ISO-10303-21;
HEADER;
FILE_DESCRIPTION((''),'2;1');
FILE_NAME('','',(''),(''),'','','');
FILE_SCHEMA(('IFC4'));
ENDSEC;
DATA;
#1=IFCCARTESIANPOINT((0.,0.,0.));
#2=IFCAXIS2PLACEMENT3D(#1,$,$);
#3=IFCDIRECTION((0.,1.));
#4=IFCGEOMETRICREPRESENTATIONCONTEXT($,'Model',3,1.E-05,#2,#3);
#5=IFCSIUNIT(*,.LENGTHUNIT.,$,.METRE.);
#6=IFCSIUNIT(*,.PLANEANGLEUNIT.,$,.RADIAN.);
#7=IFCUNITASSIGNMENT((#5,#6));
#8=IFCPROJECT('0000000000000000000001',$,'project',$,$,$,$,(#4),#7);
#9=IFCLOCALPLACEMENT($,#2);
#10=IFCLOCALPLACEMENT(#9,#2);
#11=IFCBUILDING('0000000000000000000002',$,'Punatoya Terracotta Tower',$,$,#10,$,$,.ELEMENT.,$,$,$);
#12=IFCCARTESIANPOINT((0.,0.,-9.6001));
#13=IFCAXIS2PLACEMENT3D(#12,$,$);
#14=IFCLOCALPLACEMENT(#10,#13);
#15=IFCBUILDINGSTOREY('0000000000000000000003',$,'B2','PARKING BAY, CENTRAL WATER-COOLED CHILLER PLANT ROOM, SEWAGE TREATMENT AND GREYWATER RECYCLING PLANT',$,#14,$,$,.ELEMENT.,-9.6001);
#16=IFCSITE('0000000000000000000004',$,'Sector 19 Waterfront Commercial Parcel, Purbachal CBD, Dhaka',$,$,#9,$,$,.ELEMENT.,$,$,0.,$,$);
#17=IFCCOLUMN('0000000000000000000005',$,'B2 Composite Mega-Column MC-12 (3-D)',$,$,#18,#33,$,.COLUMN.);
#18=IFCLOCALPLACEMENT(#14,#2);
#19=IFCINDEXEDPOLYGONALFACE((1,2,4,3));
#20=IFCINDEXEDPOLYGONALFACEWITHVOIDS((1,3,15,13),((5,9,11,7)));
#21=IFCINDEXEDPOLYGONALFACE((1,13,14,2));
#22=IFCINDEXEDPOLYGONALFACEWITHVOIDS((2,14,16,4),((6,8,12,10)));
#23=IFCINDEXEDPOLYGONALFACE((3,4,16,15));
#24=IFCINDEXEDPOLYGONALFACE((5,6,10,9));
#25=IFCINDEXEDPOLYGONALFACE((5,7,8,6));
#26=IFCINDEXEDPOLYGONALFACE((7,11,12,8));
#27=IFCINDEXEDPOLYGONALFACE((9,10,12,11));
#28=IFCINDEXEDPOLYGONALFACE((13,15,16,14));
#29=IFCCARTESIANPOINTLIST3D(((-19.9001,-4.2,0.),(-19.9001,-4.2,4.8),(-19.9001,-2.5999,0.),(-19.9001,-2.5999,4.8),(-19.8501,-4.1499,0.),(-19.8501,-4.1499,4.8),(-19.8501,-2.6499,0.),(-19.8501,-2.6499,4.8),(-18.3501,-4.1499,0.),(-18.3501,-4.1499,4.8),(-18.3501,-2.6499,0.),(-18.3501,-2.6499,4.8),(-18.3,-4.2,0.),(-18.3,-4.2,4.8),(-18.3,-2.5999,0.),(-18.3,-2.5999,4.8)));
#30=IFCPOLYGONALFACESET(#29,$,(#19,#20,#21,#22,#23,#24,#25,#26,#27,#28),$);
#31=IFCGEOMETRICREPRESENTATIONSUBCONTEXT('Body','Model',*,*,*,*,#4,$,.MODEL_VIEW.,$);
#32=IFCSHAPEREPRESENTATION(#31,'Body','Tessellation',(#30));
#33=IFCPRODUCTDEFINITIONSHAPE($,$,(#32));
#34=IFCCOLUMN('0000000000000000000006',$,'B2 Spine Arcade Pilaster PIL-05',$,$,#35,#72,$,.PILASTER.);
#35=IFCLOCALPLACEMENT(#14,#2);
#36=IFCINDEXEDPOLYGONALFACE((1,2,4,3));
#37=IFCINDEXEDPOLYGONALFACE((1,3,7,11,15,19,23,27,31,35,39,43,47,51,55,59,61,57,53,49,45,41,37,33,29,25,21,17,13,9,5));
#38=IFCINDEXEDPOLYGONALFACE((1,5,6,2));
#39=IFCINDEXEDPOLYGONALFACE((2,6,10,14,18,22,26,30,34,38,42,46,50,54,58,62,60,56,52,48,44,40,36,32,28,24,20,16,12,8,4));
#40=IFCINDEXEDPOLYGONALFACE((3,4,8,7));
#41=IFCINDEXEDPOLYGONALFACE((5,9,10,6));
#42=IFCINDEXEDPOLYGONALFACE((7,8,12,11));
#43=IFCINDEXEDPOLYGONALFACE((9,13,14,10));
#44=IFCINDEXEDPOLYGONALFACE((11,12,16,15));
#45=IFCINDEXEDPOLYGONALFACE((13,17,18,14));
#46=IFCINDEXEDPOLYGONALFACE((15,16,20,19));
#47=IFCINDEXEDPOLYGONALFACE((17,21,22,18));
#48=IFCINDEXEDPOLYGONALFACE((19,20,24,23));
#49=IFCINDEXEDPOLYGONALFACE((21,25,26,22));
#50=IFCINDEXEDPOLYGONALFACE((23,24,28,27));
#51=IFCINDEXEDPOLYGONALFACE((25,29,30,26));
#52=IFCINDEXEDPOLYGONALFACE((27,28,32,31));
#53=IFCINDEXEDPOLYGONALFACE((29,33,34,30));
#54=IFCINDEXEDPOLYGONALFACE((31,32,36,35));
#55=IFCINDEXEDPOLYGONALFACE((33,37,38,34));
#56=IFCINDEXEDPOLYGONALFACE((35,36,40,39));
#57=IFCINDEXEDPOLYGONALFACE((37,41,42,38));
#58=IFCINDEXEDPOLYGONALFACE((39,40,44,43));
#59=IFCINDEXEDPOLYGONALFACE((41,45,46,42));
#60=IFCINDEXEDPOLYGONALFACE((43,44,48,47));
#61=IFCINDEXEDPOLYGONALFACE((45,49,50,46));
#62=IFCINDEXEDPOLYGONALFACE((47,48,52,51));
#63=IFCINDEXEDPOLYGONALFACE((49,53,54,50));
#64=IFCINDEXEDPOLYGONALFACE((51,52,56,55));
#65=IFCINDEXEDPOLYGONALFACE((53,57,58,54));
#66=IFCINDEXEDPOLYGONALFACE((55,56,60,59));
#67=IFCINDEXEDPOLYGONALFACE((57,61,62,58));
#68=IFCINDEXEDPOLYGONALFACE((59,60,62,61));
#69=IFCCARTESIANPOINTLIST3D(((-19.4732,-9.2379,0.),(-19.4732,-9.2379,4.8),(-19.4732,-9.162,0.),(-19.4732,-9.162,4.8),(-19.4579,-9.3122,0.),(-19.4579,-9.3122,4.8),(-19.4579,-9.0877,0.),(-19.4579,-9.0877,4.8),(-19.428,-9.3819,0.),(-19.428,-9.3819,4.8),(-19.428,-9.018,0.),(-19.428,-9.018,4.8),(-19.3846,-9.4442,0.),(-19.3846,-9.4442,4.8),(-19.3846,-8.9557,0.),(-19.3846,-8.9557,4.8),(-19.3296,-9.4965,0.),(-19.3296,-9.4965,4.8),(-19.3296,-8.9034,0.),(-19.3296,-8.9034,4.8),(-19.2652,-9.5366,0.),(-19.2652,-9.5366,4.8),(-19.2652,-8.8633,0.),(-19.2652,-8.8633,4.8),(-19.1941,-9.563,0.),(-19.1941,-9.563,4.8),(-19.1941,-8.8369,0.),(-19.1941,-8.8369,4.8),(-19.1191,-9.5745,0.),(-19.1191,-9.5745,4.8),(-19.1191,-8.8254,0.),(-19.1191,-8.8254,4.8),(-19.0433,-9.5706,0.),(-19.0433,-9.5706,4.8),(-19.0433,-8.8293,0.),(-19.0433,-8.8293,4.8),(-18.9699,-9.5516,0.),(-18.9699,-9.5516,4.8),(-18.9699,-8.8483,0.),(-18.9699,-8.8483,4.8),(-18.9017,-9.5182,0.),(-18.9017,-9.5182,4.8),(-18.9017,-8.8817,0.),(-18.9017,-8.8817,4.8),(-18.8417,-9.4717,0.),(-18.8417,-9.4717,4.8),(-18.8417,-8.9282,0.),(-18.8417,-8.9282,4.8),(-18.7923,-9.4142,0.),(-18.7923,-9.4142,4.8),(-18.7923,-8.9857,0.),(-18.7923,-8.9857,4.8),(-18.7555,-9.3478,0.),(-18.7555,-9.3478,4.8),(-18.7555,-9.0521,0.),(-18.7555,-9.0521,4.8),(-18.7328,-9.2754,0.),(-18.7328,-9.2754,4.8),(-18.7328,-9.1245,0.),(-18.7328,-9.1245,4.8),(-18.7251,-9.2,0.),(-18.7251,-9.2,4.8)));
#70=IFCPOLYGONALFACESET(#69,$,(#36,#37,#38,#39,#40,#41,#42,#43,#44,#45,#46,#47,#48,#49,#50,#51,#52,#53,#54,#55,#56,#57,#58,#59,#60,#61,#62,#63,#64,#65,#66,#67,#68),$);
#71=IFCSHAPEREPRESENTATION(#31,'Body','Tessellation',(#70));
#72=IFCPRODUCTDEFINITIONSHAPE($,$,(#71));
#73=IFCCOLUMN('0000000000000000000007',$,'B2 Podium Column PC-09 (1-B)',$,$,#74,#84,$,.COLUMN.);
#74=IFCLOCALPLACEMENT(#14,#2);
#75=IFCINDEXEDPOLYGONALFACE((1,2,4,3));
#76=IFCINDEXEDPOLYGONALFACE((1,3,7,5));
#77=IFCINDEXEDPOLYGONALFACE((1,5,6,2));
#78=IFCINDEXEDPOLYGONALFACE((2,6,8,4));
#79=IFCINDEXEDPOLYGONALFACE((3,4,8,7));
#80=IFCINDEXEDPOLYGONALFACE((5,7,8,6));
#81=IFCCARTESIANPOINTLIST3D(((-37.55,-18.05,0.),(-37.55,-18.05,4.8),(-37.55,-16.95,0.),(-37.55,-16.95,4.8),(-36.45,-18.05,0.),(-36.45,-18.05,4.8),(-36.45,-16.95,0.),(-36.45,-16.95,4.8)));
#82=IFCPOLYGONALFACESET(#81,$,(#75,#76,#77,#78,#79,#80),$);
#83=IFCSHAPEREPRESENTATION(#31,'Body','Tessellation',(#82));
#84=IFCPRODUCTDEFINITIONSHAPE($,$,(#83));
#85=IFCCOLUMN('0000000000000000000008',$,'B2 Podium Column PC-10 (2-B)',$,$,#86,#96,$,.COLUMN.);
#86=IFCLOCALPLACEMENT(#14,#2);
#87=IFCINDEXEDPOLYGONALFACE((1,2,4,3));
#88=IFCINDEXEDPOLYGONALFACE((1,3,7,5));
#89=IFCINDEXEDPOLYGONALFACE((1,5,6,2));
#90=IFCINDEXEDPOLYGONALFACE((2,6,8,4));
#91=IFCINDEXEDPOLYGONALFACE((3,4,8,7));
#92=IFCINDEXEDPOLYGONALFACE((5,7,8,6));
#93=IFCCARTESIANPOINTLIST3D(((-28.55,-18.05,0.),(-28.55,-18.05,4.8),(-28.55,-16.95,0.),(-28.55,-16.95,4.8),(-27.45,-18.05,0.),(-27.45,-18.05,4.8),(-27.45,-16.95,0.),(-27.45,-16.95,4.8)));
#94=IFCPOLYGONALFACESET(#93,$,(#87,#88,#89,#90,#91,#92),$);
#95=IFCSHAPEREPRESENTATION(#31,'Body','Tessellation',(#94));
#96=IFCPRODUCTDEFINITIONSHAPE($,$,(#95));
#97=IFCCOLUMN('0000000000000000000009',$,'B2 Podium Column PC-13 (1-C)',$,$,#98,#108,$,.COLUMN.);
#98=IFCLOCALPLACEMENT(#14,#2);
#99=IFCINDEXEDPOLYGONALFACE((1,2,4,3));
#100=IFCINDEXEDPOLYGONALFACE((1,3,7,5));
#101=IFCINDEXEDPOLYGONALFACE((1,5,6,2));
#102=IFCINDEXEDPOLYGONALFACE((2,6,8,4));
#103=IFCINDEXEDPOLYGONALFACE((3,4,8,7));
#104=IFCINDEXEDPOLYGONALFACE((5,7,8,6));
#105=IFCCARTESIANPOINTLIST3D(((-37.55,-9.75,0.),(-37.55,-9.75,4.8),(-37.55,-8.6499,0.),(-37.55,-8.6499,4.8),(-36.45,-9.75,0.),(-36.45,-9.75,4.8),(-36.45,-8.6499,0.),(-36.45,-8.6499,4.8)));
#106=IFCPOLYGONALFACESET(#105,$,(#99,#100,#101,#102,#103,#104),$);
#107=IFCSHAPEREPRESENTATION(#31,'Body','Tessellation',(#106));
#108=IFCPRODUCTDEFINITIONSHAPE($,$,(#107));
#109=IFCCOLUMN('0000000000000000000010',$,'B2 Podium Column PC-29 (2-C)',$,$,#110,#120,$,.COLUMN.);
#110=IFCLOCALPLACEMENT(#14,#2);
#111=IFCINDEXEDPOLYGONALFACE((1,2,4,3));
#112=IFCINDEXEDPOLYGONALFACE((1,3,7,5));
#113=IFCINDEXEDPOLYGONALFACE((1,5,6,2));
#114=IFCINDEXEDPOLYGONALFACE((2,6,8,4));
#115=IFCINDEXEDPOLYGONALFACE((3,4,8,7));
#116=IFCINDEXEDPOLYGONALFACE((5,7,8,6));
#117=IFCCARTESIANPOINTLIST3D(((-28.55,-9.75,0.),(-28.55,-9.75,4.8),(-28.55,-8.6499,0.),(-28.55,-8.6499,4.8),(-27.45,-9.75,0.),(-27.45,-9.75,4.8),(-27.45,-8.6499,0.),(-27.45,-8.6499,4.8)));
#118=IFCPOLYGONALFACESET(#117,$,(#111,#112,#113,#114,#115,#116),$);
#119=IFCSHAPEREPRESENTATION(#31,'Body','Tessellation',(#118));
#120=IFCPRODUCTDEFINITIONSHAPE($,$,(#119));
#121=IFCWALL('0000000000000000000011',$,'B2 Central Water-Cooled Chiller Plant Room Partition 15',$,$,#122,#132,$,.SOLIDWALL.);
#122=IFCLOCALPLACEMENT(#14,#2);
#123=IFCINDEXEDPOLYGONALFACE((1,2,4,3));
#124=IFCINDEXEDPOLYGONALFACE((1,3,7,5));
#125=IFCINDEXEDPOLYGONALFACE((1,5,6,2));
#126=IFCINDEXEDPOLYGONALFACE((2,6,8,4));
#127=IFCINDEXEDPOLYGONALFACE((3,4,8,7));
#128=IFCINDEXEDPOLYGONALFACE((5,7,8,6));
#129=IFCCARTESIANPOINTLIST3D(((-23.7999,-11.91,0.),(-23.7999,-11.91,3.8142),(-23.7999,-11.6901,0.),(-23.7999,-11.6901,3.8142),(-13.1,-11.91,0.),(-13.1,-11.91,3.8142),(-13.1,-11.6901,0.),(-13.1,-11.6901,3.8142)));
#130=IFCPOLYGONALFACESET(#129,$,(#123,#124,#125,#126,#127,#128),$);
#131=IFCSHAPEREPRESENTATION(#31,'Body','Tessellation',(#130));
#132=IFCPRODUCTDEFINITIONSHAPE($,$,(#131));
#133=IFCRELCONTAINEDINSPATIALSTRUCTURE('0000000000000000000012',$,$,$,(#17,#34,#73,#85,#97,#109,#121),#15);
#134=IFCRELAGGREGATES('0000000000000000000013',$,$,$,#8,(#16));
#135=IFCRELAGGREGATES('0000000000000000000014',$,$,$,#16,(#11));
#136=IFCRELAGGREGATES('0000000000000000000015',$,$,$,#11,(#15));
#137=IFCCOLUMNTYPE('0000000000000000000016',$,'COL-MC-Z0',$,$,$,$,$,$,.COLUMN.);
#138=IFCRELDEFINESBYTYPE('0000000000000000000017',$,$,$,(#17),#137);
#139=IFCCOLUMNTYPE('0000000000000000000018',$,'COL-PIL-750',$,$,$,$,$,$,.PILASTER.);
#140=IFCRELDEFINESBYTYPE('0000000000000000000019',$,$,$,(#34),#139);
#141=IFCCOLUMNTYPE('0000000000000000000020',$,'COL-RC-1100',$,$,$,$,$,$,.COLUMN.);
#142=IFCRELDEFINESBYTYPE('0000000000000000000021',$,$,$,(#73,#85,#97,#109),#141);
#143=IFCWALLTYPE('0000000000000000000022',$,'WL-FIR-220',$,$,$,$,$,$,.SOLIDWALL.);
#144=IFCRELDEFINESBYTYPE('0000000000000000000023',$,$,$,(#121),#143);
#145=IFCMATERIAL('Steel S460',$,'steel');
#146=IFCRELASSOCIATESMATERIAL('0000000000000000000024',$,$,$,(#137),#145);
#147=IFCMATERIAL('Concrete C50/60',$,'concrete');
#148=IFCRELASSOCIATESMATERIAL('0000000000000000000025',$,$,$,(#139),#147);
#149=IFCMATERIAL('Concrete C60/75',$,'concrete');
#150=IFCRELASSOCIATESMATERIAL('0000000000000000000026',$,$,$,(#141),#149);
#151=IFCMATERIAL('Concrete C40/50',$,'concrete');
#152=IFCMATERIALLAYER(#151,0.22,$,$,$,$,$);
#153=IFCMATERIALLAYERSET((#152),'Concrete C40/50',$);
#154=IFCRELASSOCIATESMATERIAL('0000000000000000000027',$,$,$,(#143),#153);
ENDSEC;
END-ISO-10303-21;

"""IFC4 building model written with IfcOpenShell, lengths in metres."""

from ifc_helpers import new_model, si_unit, direction, frame, frame_2d, origin, origin_2d, place, context, subcontext, project, spatial, rectangle, hollow_rectangle, circle, extrude, material, layer, layer_set, material_profile, profile_set, type_object, element, save


model = new_model("IFC4")

# Units and contexts
model_context = context("Model", 3, precision=1e-05, world=origin(), true_north=direction((0.0, 1.0)))
body_context = subcontext(model_context, "Body", "Model", "MODEL_VIEW")
ifc_project = project(units=[si_unit("LENGTHUNIT", "METRE"), si_unit("PLANEANGLEUNIT", "RADIAN")], contexts=[model_context])

# Site, building, storey
site_placement = place(None, origin())
site = spatial("IfcSite", under=ifc_project, at=site_placement, Name="Sector 19 Waterfront Commercial Parcel, Purbachal CBD, Dhaka", CompositionType="ELEMENT", RefElevation=0.0)
building_placement = place(site_placement, origin())
building = spatial("IfcBuilding", under=site, at=building_placement, Name="Punatoya Terracotta Tower", CompositionType="ELEMENT")
storey_placement = place(building_placement, frame((0.0, 0.0, -9.6001)))
storey = spatial("IfcBuildingStorey", under=building, at=storey_placement, Name="B2", Description="PARKING BAY, CENTRAL WATER-COOLED CHILLER PLANT ROOM, SEWAGE TREATMENT AND GREYWATER RECYCLING PLANT", CompositionType="ELEMENT", Elevation=-9.6001)

# Columns
ifc_material_1 = material(Name="Steel S460", Category="steel")
ifc_material_profile_1 = material_profile(ifc_material_1, hollow_rectangle(XDim=1.6001, YDim=1.6001, WallThickness=0.05, at=origin_2d()))
ifc_profile_set_1 = profile_set([ifc_material_profile_1], Name="Steel S460")
column_type_1 = type_object("IfcColumnType", Name="COL-MC-Z0", PredefinedType="COLUMN", material=ifc_profile_set_1)
for number, where, z_axis, x_axis, name in (
    (1, (-19.1001, -3.3999, 0.0), (0.0, 0.0, 1.0), (1.0, 0.0, 0.0), "B2 Composite Mega-Column MC-12 (3-D)"),
):
    element("IfcColumn", number, at=place(storey_placement, frame(where, z_axis=z_axis, x_axis=x_axis)), inside=storey, type_object=column_type_1, Name=name, PredefinedType="COLUMN", context=body_context, shape_type="SweptSolid", body=[
        extrude(hollow_rectangle(XDim=1.6001, YDim=1.6001, WallThickness=0.05, at=origin_2d()), origin(), (0.0, 0.0, 1.0), 4.8),
    ])
ifc_material_2 = material(Name="Concrete C50/60", Category="concrete")
ifc_material_profile_2 = material_profile(ifc_material_2, circle(Radius=0.375, at=origin_2d()))
ifc_profile_set_2 = profile_set([ifc_material_profile_2], Name="Concrete C50/60")
column_type_2 = type_object("IfcColumnType", Name="COL-PIL-750", PredefinedType="PILASTER", material=ifc_profile_set_2)
column_placement = place(storey_placement, frame((-19.1001, -9.2, 0.0), z_axis=(0.0, 0.0, 1.0), x_axis=(1.0, 0.0, 0.0)))
element("IfcColumn", 2, at=column_placement, inside=storey, type_object=column_type_2, Name="B2 Spine Arcade Pilaster PIL-05", PredefinedType="PILASTER", context=body_context, shape_type="SweptSolid", body=[
    extrude(circle(Radius=0.375, at=origin_2d()), origin(), (0.0, 0.0, 1.0), 4.8),
])
ifc_material_3 = material(Name="Concrete C60/75", Category="concrete")
ifc_material_profile_3 = material_profile(ifc_material_3, rectangle(XDim=1.1001, YDim=1.1001, at=origin_2d()))
ifc_profile_set_3 = profile_set([ifc_material_profile_3], Name="Concrete C60/75")
column_type_3 = type_object("IfcColumnType", Name="COL-RC-1100", PredefinedType="COLUMN", material=ifc_profile_set_3)
for number, where, z_axis, x_axis, name in (
    (3, (-37.0, -17.5, 0.0), (0.0, 0.0, 1.0), (1.0, 0.0, 0.0), "B2 Podium Column PC-09 (1-B)"),
    (4, (-28.0, -17.5, 0.0), (0.0, 0.0, 1.0), (1.0, 0.0, 0.0), "B2 Podium Column PC-10 (2-B)"),
    (5, (-37.0, -9.2, 0.0), (0.0, 0.0, 1.0), (1.0, 0.0, 0.0), "B2 Podium Column PC-13 (1-C)"),
    (6, (-28.0, -9.2, 0.0), (0.0, 0.0, 1.0), (1.0, 0.0, 0.0), "B2 Podium Column PC-29 (2-C)"),
):
    element("IfcColumn", number, at=place(storey_placement, frame(where, z_axis=z_axis, x_axis=x_axis)), inside=storey, type_object=column_type_3, Name=name, PredefinedType="COLUMN", context=body_context, shape_type="SweptSolid", body=[
        extrude(rectangle(XDim=1.1001, YDim=1.1001, at=origin_2d()), origin(), (0.0, 0.0, 1.0), 4.8),
    ])

# Wall
ifc_material_4 = material(Name="Concrete C40/50", Category="concrete")
ifc_layer = layer(ifc_material_4, 0.22)
ifc_layer_set = layer_set([ifc_layer], Name="Concrete C40/50")
wall_type = type_object("IfcWallType", Name="WL-FIR-220", PredefinedType="SOLIDWALL", material=ifc_layer_set)
wall_placement = place(storey_placement, frame((-23.8, -11.8, 0.0), z_axis=(0.0, 0.0, 1.0), x_axis=(1.0, 0.0, 0.0)))
element("IfcWall", 7, at=wall_placement, inside=storey, type_object=wall_type, Name="B2 Central Water-Cooled Chiller Plant Room Partition 15", PredefinedType="SOLIDWALL", context=body_context, shape_type="SweptSolid", body=[
    extrude(rectangle(XDim=10.7, YDim=0.22, at=frame_2d((5.3501, 0.0))), origin(), (0.0, 0.0, 1.0), 3.8142),
])

save(model, "model.ifc")
